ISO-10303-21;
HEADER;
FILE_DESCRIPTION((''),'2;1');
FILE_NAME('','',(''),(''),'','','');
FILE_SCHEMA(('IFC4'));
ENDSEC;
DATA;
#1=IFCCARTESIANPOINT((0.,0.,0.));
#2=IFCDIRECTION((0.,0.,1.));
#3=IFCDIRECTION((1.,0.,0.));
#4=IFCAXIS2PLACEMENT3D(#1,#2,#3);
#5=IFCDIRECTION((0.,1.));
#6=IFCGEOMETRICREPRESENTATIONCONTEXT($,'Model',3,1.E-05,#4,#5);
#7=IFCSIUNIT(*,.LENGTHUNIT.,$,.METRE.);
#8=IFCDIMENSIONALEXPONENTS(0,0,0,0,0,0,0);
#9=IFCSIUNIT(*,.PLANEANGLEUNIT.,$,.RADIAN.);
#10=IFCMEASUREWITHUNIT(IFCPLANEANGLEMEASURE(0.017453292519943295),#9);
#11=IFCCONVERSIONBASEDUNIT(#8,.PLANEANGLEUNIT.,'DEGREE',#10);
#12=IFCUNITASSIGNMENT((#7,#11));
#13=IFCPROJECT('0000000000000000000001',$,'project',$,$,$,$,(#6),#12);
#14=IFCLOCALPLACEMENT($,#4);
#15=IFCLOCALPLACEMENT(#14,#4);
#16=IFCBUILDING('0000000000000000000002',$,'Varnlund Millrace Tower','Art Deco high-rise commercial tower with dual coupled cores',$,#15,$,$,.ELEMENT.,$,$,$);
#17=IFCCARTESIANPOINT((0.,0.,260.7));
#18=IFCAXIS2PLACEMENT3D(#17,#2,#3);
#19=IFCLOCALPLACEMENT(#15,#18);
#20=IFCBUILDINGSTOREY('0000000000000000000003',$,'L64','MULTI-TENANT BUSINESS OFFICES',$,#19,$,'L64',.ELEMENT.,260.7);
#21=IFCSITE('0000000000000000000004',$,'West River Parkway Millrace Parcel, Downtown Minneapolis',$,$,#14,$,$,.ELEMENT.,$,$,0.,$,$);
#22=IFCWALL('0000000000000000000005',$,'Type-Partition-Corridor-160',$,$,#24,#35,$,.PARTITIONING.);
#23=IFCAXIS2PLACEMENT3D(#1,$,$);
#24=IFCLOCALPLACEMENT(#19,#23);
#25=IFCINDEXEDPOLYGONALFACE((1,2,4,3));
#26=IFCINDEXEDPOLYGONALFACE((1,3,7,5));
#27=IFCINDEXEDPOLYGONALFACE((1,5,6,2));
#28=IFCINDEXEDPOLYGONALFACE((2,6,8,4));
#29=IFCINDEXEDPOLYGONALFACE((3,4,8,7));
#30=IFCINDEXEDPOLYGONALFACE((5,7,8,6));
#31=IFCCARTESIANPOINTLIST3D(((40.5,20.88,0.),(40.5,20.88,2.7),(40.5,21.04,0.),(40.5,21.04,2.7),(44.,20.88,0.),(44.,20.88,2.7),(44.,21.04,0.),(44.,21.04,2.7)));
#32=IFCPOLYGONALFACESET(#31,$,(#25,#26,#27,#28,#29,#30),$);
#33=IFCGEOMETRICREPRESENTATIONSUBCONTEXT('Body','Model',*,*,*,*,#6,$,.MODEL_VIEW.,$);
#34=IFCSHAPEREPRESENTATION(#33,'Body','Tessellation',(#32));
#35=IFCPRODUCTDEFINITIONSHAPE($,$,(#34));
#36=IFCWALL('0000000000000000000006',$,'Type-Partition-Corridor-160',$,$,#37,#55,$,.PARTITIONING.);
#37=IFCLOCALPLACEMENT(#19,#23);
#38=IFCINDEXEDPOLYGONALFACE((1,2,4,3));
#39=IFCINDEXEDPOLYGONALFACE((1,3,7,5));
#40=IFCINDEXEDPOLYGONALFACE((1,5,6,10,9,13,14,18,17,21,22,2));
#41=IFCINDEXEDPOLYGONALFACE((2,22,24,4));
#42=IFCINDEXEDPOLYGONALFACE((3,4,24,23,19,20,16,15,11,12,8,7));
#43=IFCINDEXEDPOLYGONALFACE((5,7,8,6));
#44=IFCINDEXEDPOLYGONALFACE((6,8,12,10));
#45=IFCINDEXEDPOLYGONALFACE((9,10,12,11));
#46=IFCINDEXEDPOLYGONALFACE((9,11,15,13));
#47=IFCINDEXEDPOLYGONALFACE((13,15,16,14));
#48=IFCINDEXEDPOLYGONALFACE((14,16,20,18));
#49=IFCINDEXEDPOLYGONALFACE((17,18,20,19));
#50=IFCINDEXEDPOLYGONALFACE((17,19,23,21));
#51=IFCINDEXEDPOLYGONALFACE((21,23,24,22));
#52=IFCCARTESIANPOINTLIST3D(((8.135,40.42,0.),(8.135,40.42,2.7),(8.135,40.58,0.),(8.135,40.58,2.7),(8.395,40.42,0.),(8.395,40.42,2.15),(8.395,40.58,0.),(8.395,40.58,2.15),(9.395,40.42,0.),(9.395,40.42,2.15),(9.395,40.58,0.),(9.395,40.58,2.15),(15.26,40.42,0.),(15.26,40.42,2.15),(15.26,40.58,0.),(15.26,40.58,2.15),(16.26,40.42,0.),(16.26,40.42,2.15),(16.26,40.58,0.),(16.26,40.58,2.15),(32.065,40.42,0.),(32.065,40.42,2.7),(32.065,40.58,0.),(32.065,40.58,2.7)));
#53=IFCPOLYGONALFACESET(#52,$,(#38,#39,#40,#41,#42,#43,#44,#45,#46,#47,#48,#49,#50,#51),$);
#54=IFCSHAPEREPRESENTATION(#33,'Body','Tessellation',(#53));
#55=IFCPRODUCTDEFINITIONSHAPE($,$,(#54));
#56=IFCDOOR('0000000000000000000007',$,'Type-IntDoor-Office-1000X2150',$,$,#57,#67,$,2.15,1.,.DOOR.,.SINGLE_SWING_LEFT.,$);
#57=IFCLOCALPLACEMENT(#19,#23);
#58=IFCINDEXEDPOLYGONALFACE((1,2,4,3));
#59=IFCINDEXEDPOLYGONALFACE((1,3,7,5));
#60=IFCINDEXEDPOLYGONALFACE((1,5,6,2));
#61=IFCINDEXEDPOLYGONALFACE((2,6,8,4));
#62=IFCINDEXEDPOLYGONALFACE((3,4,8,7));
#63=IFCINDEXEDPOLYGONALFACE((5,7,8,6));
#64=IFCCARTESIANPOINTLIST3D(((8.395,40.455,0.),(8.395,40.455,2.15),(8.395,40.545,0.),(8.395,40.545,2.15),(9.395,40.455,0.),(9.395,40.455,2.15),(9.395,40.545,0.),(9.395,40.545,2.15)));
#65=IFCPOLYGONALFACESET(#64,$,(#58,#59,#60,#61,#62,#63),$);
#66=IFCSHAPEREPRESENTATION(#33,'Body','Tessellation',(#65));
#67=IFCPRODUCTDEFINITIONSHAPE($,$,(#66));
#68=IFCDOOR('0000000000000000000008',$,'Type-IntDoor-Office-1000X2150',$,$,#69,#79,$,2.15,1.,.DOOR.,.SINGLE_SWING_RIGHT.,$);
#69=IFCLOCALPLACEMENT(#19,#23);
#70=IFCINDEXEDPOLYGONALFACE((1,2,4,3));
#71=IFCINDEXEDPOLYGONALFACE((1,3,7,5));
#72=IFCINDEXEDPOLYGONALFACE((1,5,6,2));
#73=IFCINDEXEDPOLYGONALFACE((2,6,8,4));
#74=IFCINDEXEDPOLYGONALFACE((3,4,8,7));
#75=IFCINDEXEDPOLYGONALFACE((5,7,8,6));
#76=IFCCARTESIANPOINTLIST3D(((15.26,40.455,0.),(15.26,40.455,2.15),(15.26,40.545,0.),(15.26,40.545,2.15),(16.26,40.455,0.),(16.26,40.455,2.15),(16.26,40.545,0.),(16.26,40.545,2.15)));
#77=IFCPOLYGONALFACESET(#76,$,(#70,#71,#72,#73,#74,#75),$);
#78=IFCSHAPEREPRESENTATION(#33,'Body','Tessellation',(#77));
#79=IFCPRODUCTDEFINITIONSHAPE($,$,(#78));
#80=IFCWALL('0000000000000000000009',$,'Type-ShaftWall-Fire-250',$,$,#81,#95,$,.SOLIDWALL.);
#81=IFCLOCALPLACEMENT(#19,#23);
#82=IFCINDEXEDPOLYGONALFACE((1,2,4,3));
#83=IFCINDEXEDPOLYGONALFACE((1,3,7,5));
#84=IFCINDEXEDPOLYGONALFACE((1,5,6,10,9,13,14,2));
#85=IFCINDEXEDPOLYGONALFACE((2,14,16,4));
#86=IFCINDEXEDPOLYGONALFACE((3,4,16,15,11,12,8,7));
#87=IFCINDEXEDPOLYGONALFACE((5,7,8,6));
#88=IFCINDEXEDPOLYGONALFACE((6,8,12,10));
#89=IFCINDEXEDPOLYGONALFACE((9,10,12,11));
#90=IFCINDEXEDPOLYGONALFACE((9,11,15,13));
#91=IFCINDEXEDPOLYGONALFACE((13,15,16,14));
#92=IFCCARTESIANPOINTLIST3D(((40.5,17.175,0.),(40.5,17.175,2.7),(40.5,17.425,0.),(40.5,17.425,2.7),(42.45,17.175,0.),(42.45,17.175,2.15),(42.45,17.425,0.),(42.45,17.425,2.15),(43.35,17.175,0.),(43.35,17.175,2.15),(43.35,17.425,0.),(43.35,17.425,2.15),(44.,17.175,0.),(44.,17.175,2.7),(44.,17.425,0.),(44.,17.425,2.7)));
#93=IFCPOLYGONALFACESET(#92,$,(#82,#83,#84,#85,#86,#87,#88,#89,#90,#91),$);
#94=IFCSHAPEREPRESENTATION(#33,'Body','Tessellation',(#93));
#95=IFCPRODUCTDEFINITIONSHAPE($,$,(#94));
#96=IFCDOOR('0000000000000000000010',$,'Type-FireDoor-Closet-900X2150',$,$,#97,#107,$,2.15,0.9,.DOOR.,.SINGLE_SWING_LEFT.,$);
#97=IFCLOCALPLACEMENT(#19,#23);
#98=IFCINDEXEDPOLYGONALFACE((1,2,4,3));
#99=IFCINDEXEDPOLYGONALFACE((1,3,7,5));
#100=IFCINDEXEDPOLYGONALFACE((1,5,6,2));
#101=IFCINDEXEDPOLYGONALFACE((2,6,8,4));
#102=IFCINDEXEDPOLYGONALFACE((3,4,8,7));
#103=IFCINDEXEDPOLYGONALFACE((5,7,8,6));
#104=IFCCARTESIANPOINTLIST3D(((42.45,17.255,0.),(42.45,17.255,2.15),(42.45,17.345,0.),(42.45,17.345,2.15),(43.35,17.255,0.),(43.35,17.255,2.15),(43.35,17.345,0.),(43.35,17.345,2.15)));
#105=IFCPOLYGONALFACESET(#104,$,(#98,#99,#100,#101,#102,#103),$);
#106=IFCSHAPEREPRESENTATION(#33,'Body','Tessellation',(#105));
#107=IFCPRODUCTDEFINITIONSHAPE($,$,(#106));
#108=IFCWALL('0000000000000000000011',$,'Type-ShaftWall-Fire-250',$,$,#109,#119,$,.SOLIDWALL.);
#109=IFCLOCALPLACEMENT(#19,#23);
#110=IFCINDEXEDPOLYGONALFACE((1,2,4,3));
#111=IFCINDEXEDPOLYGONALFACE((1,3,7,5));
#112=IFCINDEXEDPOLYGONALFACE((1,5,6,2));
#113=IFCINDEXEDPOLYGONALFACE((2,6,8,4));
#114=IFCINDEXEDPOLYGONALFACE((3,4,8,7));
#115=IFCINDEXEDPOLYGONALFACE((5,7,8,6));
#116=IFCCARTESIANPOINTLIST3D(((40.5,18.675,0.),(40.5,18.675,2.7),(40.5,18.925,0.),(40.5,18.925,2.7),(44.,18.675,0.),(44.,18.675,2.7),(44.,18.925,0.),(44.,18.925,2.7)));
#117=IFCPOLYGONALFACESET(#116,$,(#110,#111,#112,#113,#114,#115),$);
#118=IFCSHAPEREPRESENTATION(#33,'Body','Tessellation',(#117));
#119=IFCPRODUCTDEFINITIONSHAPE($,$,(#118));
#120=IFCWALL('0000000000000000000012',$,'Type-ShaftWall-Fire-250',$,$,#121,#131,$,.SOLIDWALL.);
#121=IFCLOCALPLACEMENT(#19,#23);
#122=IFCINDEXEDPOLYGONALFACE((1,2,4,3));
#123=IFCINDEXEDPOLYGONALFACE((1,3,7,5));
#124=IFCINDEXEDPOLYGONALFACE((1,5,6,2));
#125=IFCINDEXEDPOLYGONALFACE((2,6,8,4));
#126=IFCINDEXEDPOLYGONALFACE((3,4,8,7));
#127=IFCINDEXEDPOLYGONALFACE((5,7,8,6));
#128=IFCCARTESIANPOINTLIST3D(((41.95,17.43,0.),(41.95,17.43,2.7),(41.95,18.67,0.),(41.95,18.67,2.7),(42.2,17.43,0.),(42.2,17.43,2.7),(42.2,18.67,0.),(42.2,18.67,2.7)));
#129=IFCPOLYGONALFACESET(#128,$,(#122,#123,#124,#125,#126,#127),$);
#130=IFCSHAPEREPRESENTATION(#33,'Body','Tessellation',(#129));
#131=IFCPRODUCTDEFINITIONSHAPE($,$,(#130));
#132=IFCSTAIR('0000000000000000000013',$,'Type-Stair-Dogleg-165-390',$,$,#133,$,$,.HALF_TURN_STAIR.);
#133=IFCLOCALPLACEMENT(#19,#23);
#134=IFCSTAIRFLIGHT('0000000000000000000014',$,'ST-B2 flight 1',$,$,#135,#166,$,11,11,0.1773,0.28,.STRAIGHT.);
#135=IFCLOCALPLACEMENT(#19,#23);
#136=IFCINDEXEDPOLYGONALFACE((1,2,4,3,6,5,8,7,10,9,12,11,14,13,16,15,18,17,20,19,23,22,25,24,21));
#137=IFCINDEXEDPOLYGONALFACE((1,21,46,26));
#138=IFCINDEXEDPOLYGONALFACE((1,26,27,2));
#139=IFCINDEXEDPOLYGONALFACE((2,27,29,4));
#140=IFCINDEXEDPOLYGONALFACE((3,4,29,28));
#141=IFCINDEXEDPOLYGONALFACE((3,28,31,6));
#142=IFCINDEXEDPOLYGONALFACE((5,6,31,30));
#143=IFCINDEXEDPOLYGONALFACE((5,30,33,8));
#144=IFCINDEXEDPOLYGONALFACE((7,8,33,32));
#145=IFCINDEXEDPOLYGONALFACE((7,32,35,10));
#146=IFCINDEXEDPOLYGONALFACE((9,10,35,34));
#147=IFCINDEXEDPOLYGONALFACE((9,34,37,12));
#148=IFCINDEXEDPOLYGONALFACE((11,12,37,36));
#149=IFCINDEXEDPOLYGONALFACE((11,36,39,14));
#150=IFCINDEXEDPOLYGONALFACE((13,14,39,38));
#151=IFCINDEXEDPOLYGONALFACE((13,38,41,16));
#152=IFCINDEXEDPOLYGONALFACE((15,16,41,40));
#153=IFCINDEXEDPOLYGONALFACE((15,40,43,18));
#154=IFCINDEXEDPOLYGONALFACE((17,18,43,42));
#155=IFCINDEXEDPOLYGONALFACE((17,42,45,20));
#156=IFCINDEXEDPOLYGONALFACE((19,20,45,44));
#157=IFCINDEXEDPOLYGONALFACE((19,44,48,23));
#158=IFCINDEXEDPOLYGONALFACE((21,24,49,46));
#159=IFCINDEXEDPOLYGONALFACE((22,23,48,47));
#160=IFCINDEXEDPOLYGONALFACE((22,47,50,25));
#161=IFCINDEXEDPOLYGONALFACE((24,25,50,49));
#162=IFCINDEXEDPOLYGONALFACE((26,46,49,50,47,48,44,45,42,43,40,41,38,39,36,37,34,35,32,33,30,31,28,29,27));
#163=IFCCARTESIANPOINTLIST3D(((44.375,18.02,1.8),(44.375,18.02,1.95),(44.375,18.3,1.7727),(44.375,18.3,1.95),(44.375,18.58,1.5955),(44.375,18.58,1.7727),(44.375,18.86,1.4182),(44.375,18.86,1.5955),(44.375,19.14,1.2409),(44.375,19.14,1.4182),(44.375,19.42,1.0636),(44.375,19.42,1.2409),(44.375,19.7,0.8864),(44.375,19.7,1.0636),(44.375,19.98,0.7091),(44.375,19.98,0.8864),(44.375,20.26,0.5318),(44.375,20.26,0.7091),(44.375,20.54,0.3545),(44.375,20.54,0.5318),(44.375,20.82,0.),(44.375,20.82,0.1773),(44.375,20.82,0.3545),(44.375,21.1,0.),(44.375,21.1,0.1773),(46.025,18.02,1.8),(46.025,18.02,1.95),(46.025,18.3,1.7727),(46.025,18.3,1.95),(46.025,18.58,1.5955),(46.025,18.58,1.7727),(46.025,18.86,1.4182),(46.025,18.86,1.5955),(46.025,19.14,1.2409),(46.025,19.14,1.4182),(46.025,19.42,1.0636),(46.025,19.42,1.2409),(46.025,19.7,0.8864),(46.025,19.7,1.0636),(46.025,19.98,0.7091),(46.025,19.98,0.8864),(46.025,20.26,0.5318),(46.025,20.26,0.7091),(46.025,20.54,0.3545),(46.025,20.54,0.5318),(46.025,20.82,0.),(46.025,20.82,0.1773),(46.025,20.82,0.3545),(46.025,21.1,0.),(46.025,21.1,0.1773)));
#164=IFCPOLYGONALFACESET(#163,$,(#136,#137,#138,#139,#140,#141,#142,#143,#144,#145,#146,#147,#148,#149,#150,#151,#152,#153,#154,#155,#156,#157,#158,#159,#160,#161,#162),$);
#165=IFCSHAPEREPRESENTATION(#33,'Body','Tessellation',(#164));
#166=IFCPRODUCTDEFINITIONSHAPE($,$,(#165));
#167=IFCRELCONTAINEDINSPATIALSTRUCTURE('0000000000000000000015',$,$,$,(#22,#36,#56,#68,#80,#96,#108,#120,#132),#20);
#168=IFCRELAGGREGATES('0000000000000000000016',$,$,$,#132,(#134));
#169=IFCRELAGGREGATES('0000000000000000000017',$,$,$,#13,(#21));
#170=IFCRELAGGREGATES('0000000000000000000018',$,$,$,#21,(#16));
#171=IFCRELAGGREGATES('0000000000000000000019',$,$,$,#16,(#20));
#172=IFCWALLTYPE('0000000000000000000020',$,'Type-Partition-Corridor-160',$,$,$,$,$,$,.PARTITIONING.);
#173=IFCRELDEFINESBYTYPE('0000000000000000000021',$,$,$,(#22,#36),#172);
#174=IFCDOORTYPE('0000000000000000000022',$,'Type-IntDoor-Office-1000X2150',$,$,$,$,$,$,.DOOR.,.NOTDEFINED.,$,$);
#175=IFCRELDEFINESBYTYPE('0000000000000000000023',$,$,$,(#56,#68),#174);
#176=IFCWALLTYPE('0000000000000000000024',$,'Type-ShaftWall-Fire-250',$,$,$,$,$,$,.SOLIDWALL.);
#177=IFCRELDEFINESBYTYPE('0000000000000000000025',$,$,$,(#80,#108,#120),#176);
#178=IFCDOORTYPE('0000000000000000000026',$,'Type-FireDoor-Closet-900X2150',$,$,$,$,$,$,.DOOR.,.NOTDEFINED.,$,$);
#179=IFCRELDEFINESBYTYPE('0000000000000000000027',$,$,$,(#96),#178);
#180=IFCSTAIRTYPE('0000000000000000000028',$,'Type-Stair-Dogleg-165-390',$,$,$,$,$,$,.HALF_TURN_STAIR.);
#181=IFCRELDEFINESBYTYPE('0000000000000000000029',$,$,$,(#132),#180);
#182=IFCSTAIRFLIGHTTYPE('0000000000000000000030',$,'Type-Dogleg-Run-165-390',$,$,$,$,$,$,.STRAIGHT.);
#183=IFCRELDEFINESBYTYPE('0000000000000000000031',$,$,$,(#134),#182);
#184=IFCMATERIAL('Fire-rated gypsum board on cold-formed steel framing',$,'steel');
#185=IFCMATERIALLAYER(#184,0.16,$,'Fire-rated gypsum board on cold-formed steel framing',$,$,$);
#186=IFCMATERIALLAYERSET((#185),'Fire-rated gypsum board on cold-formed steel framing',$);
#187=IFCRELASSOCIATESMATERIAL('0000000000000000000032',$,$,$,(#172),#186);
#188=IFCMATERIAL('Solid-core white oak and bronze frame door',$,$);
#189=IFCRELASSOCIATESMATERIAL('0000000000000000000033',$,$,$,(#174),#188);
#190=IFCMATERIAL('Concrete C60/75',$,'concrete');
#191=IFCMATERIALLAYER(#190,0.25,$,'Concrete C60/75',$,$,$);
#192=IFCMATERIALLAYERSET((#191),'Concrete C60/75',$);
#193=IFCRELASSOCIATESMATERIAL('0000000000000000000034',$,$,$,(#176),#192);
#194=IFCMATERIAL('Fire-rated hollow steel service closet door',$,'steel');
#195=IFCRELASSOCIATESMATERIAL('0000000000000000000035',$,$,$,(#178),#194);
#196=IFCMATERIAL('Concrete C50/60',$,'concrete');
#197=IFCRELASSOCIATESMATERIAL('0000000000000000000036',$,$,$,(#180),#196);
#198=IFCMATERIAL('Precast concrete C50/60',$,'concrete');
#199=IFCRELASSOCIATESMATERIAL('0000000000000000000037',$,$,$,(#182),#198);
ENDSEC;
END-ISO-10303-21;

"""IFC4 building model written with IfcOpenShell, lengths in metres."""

from ifc_helpers import new_model, entity, si_unit, converted_unit, direction, frame, origin_with_axes, origin_2d_with_axis, place, context, subcontext, project, spatial, polyline, rectangle, outline, extrude, material, layer, layer_set, type_object, element, fill, aggregate, save


model = new_model("IFC4")

# Units and contexts
model_context = context("Model", 3, precision=1e-05, world=origin_with_axes(), true_north=direction((0.0, 1.0)))
body_context = subcontext(model_context, "Body", "Model", "MODEL_VIEW")
ifc_project = project(units=[si_unit("LENGTHUNIT", "METRE"), converted_unit("PLANEANGLEUNIT", "DEGREE", entity("IfcPlaneAngleMeasure", 0.017453292519943295), si_unit("PLANEANGLEUNIT", "RADIAN"), dimensions=[0, 0, 0, 0, 0, 0, 0])], contexts=[model_context])

# Site, building, storey
site_placement = place(None, origin_with_axes())
site = spatial("IfcSite", under=ifc_project, at=site_placement, Name="West River Parkway Millrace Parcel, Downtown Minneapolis", CompositionType="ELEMENT", RefElevation=0.0)
building_placement = place(site_placement, origin_with_axes())
building = spatial("IfcBuilding", under=site, at=building_placement, Name="Varnlund Millrace Tower", Description="Art Deco high-rise commercial tower with dual coupled cores", CompositionType="ELEMENT")
storey_placement = place(building_placement, frame((0.0, 0.0, 260.7), z_axis=(0.0, 0.0, 1.0), x_axis=(1.0, 0.0, 0.0)))
storey = spatial("IfcBuildingStorey", under=building, at=storey_placement, Name="L64", Description="MULTI-TENANT BUSINESS OFFICES", LongName="L64", CompositionType="ELEMENT", Elevation=260.7)

# Shared definitions
ifc_material_1 = material(Name="Concrete C60/75", Category="concrete")

# Wall
ifc_material_2 = material(Name="Fire-rated gypsum board on cold-formed steel framing", Category="steel")
ifc_layer_1 = layer(ifc_material_2, 0.16, Name="Fire-rated gypsum board on cold-formed steel framing")
ifc_layer_set_1 = layer_set([ifc_layer_1], Name="Fire-rated gypsum board on cold-formed steel framing")
wall_type_1 = type_object("IfcWallType", Name="Type-Partition-Corridor-160", PredefinedType="PARTITIONING", material=ifc_layer_set_1)
wall_1_placement = place(storey_placement, frame((40.5, 20.96, 0.0), z_axis=(0.0, 0.0, 1.0), x_axis=(1.0, 0.0, 0.0)))
element("IfcWall", 1, at=wall_1_placement, inside=storey, type_object=wall_type_1, Name="Type-Partition-Corridor-160", PredefinedType="PARTITIONING", context=body_context, shape_type="SweptSolid", body=[
    extrude(outline(polyline([(0.0, -0.08), (3.5, -0.08), (3.5, 0.08), (0.0, 0.08), (0.0, -0.08)])), origin_with_axes(), (0.0, 0.0, 1.0), 2.7),
])

# Wall, openings, doors
wall_2_placement = place(storey_placement, frame((8.135, 40.5, 0.0), z_axis=(0.0, 0.0, 1.0), x_axis=(1.0, 0.0, 0.0)))
wall_2 = element("IfcWall", 2, at=wall_2_placement, inside=storey, type_object=wall_type_1, Name="Type-Partition-Corridor-160", PredefinedType="PARTITIONING", context=body_context, shape_type="SweptSolid", body=[
    extrude(outline(polyline([(0.0, -0.08), (23.93, -0.08), (23.93, 0.08), (0.0, 0.08), (0.0, -0.08)])), origin_with_axes(), (0.0, 0.0, 1.0), 2.7),
])
opening_1_placement = place(wall_2_placement, frame((0.76, 0.0, 0.0), z_axis=(0.0, 0.0, 1.0), x_axis=(1.0, 0.0, 0.0)))
opening_1 = element("IfcOpeningElement", 3, at=opening_1_placement, cuts=wall_2, PredefinedType="OPENING", context=body_context, shape_type="SweptSolid", body=[
    extrude(rectangle(XDim=1.0, YDim=0.18, at=origin_2d_with_axis()), origin_with_axes(), (0.0, 0.0, 1.0), 2.15),
])
opening_2_placement = place(wall_2_placement, frame((7.625, 0.0, 0.0), z_axis=(0.0, 0.0, 1.0), x_axis=(1.0, 0.0, 0.0)))
opening_2 = element("IfcOpeningElement", 4, at=opening_2_placement, cuts=wall_2, PredefinedType="OPENING", context=body_context, shape_type="SweptSolid", body=[
    extrude(rectangle(XDim=1.0, YDim=0.18, at=origin_2d_with_axis()), origin_with_axes(), (0.0, 0.0, 1.0), 2.15),
])
ifc_material_3 = material(Name="Solid-core white oak and bronze frame door")
door_type_1 = type_object("IfcDoorType", Name="Type-IntDoor-Office-1000X2150", OperationType="NOTDEFINED", PredefinedType="DOOR", material=ifc_material_3)
door_1_placement = place(wall_2_placement, frame((0.76, 0.0, 0.0), z_axis=(0.0, 0.0, 1.0), x_axis=(1.0, 0.0, 0.0)))
door_1 = element("IfcDoor", 5, at=door_1_placement, inside=storey, type_object=door_type_1, Name="Type-IntDoor-Office-1000X2150", OperationType="SINGLE_SWING_LEFT", OverallHeight=2.15, OverallWidth=1.0, PredefinedType="DOOR", context=body_context, shape_type="SweptSolid", body=[
    extrude(rectangle(XDim=1.0, YDim=0.09, at=origin_2d_with_axis()), origin_with_axes(), (0.0, 0.0, 1.0), 2.15),
])
fill(opening_1, door_1)
door_2_placement = place(wall_2_placement, frame((7.625, 0.0, 0.0), z_axis=(0.0, 0.0, 1.0), x_axis=(1.0, 0.0, 0.0)))
door_2 = element("IfcDoor", 6, at=door_2_placement, inside=storey, type_object=door_type_1, Name="Type-IntDoor-Office-1000X2150", OperationType="SINGLE_SWING_RIGHT", OverallHeight=2.15, OverallWidth=1.0, PredefinedType="DOOR", context=body_context, shape_type="SweptSolid", body=[
    extrude(rectangle(XDim=1.0, YDim=0.09, at=origin_2d_with_axis()), origin_with_axes(), (0.0, 0.0, 1.0), 2.15),
])
fill(opening_2, door_2)

# Wall, opening, door
ifc_layer_2 = layer(ifc_material_1, 0.25, Name="Concrete C60/75")
ifc_layer_set_2 = layer_set([ifc_layer_2], Name="Concrete C60/75")
wall_type_2 = type_object("IfcWallType", Name="Type-ShaftWall-Fire-250", PredefinedType="SOLIDWALL", material=ifc_layer_set_2)
wall_3_placement = place(storey_placement, frame((40.5, 17.3, 0.0), z_axis=(0.0, 0.0, 1.0), x_axis=(1.0, 0.0, 0.0)))
wall_3 = element("IfcWall", 7, at=wall_3_placement, inside=storey, type_object=wall_type_2, Name="Type-ShaftWall-Fire-250", PredefinedType="SOLIDWALL", context=body_context, shape_type="SweptSolid", body=[
    extrude(outline(polyline([(0.0, -0.125), (3.5, -0.125), (3.5, 0.125), (0.0, 0.125), (0.0, -0.125)])), origin_with_axes(), (0.0, 0.0, 1.0), 2.7),
])
opening_3_placement = place(wall_3_placement, frame((2.4, 0.0, 0.0), z_axis=(0.0, 0.0, 1.0), x_axis=(1.0, 0.0, 0.0)))
opening_3 = element("IfcOpeningElement", 8, at=opening_3_placement, cuts=wall_3, PredefinedType="OPENING", context=body_context, shape_type="SweptSolid", body=[
    extrude(rectangle(XDim=0.9, YDim=0.27, at=origin_2d_with_axis()), origin_with_axes(), (0.0, 0.0, 1.0), 2.15),
])
ifc_material_4 = material(Name="Fire-rated hollow steel service closet door", Category="steel")
door_type_2 = type_object("IfcDoorType", Name="Type-FireDoor-Closet-900X2150", OperationType="NOTDEFINED", PredefinedType="DOOR", material=ifc_material_4)
door_3_placement = place(wall_3_placement, frame((2.4, 0.0, 0.0), z_axis=(0.0, 0.0, 1.0), x_axis=(1.0, 0.0, 0.0)))
door_3 = element("IfcDoor", 9, at=door_3_placement, inside=storey, type_object=door_type_2, Name="Type-FireDoor-Closet-900X2150", OperationType="SINGLE_SWING_LEFT", OverallHeight=2.15, OverallWidth=0.9, PredefinedType="DOOR", context=body_context, shape_type="SweptSolid", body=[
    extrude(rectangle(XDim=0.9, YDim=0.09, at=origin_2d_with_axis()), origin_with_axes(), (0.0, 0.0, 1.0), 2.15),
])
fill(opening_3, door_3)

# Walls
wall_4_placement = place(storey_placement, frame((40.5, 18.8, 0.0), z_axis=(0.0, 0.0, 1.0), x_axis=(1.0, 0.0, 0.0)))
element("IfcWall", 10, at=wall_4_placement, inside=storey, type_object=wall_type_2, Name="Type-ShaftWall-Fire-250", PredefinedType="SOLIDWALL", context=body_context, shape_type="SweptSolid", body=[
    extrude(outline(polyline([(0.0, -0.125), (3.5, -0.125), (3.5, 0.125), (0.0, 0.125), (0.0, -0.125)])), origin_with_axes(), (0.0, 0.0, 1.0), 2.7),
])
wall_5_placement = place(storey_placement, frame((42.075, 17.43, 0.0), z_axis=(0.0, 0.0, 1.0), x_axis=(0.0, 1.0, 0.0)))
element("IfcWall", 11, at=wall_5_placement, inside=storey, type_object=wall_type_2, Name="Type-ShaftWall-Fire-250", PredefinedType="SOLIDWALL", context=body_context, shape_type="SweptSolid", body=[
    extrude(outline(polyline([(0.0, -0.125), (1.24, -0.125), (1.24, 0.125), (0.0, 0.125), (0.0, -0.125)])), origin_with_axes(), (0.0, 0.0, 1.0), 2.7),
])

# Stair, stair flight
ifc_material_5 = material(Name="Concrete C50/60", Category="concrete")
stair_type_1 = type_object("IfcStairType", Name="Type-Stair-Dogleg-165-390", PredefinedType="HALF_TURN_STAIR", material=ifc_material_5)
stair_1_placement = place(storey_placement, origin_with_axes())
stair_1 = element("IfcStair", 12, at=stair_1_placement, inside=storey, type_object=stair_type_1, Name="Type-Stair-Dogleg-165-390", PredefinedType="HALF_TURN_STAIR")
ifc_material_6 = material(Name="Precast concrete C50/60", Category="concrete")
stair_flight_type_1 = type_object("IfcStairFlightType", Name="Type-Dogleg-Run-165-390", PredefinedType="STRAIGHT", material=ifc_material_6)
stair_flight_1_placement = place(storey_placement, frame((46.025, 21.1, 0.0), z_axis=(-1.0, 0.0, 0.0), x_axis=(0.0, -1.0, 0.0)))
stair_flight_1 = element("IfcStairFlight", 13, at=stair_flight_1_placement, type_object=stair_flight_type_1, Name="ST-B2 flight 1", NumberOfRisers=11, NumberOfTreads=11, PredefinedType="STRAIGHT", RiserHeight=0.1773, TreadLength=0.28, context=body_context, shape_type="SweptSolid", body=[
    extrude(outline(polyline([(0.0, 0.0), (0.0, 0.1773), (0.28, 0.1773), (0.28, 0.3545), (0.56, 0.3545), (0.56, 0.5318), (0.84, 0.5318), (0.84, 0.7091), (1.12, 0.7091), (1.12, 0.8864), (1.4, 0.8864), (1.4, 1.0636), (1.68, 1.0636), (1.68, 1.2409), (1.96, 1.2409), (1.96, 1.4182), (2.24, 1.4182), (2.24, 1.5955), (2.52, 1.5955), (2.52, 1.7727), (2.8, 1.7727), (2.8, 1.95), (3.08, 1.95), (3.08, 1.8), (0.28, 0.0), (0.0, 0.0)])), origin_with_axes(), (0.0, 0.0, 1.0), 1.65),
])
aggregate(stair_1, [stair_flight_1])

save(model, "model.ifc")
